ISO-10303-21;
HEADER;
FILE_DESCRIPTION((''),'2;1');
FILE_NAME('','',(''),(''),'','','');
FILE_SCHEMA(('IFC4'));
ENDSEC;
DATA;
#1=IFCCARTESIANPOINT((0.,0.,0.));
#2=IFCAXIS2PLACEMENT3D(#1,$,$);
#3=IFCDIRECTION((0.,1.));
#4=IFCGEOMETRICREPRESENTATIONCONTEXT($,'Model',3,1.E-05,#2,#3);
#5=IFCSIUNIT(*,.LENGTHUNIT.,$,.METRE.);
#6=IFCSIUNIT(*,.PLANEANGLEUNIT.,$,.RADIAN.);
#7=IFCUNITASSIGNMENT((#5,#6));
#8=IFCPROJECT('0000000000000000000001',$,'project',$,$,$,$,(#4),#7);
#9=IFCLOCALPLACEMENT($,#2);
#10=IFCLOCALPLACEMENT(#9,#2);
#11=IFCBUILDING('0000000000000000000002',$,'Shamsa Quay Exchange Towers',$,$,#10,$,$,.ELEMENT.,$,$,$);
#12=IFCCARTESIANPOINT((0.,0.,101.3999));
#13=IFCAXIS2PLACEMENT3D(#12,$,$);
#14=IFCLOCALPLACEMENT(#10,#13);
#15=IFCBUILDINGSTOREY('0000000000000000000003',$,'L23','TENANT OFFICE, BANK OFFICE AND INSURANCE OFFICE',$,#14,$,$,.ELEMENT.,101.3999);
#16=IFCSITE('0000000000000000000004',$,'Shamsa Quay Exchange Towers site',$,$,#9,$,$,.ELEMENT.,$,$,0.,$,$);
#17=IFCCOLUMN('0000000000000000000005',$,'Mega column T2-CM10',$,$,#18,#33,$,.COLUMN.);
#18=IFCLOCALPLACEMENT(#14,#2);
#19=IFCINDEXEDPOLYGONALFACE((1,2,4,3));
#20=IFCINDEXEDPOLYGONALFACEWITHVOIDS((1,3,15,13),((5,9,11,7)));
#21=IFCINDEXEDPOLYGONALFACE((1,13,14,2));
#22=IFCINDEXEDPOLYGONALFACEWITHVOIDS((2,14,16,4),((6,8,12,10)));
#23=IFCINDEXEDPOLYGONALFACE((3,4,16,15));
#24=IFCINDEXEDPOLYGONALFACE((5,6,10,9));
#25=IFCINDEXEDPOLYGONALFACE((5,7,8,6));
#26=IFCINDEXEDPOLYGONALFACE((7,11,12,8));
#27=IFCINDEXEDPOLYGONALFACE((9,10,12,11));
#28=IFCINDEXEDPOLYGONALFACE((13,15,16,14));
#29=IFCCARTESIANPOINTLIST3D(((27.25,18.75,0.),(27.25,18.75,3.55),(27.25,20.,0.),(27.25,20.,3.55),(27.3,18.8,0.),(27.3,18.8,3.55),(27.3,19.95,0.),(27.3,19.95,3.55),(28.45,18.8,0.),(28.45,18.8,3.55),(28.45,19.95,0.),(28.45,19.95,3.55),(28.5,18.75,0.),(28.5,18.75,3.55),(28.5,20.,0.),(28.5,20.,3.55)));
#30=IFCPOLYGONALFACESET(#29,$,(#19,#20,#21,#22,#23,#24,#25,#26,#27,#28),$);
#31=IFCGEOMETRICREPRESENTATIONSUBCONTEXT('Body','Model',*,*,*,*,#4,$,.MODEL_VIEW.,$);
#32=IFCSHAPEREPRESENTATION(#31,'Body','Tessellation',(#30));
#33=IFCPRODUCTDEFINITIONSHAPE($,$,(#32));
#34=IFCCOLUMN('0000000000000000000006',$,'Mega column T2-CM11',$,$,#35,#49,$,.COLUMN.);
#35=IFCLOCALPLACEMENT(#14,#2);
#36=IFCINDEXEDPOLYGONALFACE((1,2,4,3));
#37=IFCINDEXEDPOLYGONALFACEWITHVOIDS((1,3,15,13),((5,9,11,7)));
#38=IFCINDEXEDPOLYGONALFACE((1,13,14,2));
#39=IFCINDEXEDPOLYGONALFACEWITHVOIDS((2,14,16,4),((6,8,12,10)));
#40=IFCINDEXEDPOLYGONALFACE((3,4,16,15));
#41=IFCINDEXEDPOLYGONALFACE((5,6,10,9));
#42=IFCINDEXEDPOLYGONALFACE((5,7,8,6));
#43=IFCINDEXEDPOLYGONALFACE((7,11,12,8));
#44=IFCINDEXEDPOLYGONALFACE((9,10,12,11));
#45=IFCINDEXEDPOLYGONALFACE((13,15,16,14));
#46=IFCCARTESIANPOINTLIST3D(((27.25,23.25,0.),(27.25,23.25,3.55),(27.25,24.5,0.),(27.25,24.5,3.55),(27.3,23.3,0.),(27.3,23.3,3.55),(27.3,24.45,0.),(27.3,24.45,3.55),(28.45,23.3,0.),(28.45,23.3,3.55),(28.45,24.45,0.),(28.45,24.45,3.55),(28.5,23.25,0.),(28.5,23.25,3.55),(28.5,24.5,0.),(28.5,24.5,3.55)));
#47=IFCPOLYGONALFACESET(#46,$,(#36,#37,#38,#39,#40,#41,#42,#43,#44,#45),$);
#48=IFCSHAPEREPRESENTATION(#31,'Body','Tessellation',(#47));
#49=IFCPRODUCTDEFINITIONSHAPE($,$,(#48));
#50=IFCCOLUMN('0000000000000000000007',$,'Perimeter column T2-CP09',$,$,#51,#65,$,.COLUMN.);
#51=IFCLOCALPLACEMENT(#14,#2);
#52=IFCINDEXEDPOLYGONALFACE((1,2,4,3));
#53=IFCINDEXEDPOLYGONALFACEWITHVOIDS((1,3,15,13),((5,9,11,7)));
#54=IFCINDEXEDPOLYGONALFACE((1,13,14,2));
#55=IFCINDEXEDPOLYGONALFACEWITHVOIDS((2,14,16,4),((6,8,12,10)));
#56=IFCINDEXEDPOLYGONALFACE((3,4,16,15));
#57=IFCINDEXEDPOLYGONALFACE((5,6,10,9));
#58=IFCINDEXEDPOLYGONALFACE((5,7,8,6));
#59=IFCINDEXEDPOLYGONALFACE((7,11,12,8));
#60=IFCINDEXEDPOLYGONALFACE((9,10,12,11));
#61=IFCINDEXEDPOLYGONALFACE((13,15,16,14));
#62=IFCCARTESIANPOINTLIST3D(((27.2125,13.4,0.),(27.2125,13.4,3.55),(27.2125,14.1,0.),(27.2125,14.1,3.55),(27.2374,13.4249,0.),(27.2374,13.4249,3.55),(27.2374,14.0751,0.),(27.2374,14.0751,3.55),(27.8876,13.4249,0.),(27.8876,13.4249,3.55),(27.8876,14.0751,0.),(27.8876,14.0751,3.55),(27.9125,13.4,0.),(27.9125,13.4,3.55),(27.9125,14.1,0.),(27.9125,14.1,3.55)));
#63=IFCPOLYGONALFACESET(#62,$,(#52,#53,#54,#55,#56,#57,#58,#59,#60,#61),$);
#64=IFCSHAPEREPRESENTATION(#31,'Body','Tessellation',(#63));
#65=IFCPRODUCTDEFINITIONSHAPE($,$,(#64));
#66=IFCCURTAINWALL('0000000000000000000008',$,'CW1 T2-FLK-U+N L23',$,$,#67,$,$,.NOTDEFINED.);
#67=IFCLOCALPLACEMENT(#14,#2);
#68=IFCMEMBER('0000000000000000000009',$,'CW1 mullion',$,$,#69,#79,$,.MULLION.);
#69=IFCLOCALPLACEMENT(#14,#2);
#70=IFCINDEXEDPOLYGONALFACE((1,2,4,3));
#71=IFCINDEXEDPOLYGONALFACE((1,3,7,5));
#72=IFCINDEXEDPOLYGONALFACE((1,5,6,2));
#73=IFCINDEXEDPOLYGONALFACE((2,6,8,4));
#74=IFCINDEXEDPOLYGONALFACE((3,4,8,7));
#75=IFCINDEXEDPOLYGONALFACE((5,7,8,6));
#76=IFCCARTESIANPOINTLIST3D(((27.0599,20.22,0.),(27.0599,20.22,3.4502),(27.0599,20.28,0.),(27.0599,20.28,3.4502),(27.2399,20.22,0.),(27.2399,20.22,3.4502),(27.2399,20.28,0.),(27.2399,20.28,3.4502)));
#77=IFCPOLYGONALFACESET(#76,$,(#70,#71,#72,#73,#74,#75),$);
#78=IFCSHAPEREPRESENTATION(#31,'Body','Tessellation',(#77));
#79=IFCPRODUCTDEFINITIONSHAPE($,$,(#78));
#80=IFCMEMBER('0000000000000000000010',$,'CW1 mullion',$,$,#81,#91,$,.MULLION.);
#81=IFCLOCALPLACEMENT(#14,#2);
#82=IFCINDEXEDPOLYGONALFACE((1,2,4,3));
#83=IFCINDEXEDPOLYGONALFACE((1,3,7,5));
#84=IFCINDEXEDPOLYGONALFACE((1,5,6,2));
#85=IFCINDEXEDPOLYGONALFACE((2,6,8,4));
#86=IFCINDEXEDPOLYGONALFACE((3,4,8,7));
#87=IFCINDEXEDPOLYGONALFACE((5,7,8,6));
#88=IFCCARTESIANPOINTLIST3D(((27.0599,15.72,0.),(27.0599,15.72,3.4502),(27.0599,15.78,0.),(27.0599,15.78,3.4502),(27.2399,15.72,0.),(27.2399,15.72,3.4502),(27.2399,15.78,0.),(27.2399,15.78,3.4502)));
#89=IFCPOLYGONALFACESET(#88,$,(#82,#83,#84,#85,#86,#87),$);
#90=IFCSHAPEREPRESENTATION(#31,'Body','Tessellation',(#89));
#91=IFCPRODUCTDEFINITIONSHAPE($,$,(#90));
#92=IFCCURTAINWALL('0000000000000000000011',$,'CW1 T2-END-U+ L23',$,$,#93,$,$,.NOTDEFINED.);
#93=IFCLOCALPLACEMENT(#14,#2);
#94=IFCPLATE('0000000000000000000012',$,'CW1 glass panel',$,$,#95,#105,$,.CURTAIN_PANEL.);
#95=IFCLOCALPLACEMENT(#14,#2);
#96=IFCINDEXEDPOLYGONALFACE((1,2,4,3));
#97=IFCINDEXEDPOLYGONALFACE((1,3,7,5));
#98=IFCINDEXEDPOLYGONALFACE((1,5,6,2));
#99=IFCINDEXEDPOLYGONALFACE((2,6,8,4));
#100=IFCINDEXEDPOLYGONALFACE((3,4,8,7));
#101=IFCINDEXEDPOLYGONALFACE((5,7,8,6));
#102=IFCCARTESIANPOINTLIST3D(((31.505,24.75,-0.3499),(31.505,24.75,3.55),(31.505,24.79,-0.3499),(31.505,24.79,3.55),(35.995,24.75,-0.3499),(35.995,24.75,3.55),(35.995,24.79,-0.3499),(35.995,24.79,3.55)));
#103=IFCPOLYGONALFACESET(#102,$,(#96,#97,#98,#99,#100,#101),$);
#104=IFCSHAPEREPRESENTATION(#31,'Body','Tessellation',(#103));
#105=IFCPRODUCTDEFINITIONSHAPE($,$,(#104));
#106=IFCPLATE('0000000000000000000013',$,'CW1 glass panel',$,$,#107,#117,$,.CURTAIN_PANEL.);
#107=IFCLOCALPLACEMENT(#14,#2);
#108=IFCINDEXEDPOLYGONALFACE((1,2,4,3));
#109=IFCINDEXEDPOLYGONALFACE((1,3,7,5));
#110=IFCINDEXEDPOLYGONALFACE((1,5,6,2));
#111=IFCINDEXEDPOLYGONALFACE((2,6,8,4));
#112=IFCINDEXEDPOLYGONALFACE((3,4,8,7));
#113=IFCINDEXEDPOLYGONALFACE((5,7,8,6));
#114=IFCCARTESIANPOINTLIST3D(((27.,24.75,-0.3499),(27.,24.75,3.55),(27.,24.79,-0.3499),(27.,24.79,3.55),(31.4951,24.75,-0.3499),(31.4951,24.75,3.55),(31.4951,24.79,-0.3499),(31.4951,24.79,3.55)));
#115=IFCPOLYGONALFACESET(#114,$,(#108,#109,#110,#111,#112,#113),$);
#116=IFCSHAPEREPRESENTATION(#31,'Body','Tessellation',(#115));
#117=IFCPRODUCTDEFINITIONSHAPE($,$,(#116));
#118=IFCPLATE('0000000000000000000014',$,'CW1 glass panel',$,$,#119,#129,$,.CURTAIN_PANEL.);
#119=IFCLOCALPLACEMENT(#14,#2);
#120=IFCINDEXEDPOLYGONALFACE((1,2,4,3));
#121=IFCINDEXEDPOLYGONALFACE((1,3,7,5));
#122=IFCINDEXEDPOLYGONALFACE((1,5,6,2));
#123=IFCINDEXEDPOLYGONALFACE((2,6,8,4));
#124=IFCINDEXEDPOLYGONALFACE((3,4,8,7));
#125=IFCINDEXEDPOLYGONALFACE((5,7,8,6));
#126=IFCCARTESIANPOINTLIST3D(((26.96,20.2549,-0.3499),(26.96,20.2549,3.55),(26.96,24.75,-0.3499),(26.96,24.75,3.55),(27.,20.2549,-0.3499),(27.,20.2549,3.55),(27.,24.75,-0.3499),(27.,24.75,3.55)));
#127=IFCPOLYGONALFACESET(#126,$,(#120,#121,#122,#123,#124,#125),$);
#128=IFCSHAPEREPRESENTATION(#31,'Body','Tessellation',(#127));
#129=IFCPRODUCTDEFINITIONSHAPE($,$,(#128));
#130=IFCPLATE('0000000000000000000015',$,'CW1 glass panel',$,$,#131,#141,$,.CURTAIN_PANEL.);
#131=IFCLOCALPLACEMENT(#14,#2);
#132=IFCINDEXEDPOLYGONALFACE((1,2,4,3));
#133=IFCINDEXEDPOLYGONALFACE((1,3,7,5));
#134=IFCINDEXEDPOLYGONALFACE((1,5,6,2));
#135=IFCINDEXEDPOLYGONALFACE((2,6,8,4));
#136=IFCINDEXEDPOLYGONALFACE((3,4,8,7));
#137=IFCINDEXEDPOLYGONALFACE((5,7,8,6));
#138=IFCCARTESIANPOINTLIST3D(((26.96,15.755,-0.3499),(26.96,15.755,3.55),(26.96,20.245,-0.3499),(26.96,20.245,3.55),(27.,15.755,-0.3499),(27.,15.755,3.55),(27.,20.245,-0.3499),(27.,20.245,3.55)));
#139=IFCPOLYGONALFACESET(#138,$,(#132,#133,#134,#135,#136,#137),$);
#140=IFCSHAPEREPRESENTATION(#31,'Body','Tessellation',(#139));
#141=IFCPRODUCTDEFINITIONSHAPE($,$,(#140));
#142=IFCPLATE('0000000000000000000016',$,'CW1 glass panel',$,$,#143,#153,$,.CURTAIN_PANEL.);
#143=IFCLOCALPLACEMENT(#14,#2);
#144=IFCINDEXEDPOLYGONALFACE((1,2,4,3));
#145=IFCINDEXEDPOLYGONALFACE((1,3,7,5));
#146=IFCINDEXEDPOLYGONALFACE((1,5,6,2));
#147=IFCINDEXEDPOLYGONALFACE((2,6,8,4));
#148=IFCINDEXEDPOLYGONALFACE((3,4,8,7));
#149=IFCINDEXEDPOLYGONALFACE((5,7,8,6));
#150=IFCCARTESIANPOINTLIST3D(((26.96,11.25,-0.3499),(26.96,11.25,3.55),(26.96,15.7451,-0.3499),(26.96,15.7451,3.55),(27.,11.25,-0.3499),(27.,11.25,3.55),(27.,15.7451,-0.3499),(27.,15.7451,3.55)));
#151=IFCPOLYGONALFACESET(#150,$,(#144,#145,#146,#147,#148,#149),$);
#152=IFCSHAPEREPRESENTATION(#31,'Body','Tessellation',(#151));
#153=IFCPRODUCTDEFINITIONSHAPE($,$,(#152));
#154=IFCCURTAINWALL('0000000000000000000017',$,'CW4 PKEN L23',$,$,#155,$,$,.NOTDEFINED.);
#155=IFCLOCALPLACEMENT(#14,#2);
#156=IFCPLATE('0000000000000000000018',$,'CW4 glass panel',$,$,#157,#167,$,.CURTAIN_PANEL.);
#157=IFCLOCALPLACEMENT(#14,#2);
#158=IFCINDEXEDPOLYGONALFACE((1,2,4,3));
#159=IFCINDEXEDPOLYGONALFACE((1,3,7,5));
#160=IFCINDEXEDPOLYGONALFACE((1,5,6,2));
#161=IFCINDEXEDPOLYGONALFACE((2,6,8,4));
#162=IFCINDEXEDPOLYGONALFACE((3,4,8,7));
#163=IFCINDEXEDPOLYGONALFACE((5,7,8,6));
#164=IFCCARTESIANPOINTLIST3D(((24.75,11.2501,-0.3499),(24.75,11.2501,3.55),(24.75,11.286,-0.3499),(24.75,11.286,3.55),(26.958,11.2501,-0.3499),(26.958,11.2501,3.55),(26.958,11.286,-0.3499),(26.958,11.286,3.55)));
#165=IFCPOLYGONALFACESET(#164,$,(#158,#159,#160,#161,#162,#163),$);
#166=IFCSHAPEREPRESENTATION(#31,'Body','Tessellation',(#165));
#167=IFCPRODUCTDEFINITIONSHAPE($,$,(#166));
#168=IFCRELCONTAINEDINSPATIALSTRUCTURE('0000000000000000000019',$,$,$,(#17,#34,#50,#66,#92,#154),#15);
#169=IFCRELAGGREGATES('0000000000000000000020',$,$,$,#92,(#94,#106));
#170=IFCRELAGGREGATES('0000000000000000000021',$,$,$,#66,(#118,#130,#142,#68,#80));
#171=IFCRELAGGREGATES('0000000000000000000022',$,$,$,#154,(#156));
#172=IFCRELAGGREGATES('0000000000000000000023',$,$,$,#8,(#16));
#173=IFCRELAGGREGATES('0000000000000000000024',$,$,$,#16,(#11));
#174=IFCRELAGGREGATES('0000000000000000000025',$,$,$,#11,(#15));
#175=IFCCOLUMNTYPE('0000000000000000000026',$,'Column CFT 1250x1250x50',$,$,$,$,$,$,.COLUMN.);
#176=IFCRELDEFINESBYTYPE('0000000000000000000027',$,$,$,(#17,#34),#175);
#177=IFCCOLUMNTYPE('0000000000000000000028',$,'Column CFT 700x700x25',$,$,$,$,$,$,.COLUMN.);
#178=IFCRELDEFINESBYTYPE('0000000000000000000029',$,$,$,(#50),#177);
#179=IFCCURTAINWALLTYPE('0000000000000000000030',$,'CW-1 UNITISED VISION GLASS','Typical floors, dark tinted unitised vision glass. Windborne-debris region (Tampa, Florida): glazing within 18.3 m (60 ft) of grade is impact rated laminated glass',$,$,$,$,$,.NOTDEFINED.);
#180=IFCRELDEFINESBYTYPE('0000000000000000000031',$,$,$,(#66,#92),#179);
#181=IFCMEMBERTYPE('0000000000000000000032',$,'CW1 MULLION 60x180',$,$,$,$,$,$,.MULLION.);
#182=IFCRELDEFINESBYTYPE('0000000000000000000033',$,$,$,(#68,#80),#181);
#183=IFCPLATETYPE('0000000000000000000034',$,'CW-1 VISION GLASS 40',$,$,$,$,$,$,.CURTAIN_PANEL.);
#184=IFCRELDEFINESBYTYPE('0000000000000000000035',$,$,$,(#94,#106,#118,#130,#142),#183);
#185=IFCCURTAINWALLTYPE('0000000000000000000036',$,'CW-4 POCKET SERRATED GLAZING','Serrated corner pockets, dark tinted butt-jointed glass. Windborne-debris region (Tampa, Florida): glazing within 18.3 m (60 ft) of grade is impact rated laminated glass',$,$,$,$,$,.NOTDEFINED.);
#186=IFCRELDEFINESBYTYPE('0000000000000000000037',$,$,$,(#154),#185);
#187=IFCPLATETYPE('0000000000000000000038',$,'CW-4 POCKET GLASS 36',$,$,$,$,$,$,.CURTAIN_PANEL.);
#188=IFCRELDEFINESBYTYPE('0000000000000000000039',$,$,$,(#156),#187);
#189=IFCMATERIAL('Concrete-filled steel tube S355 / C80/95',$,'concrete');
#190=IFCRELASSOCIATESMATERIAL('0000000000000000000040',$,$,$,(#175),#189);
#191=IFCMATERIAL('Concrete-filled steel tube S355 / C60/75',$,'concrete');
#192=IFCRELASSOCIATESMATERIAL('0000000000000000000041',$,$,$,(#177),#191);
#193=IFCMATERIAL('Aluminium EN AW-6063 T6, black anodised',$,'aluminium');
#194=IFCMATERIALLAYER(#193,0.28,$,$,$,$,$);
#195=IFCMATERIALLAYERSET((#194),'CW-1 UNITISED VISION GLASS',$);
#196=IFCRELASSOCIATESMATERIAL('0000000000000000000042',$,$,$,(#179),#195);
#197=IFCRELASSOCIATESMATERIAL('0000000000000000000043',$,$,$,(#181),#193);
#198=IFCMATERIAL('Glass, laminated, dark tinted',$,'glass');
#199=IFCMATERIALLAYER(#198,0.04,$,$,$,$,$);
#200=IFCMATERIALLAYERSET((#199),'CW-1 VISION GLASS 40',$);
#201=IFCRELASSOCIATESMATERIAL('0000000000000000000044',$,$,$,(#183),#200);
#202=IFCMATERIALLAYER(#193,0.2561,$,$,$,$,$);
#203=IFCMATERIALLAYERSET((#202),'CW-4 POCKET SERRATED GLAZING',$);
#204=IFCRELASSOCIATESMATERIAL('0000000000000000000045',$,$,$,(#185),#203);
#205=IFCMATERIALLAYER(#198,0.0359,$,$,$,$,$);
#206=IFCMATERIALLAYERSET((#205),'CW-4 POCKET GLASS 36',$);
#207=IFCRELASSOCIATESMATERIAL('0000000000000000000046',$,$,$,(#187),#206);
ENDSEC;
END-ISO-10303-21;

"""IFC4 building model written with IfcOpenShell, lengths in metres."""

from ifc_helpers import new_model, si_unit, direction, frame, origin, origin_2d, place, context, subcontext, project, spatial, rectangle, hollow_rectangle, extrude, material, layer, layer_set, material_profile, profile_set, type_object, element, aggregate, save


model = new_model("IFC4")

# Units and contexts
model_context = context("Model", 3, precision=1e-05, world=origin(), true_north=direction((0.0, 1.0)))
body_context = subcontext(model_context, "Body", "Model", "MODEL_VIEW")
ifc_project = project(units=[si_unit("LENGTHUNIT", "METRE"), si_unit("PLANEANGLEUNIT", "RADIAN")], contexts=[model_context])

# Site, building, storey
site_placement = place(None, origin())
site = spatial("IfcSite", under=ifc_project, at=site_placement, Name="Shamsa Quay Exchange Towers site", CompositionType="ELEMENT", RefElevation=0.0)
building_placement = place(site_placement, origin())
building = spatial("IfcBuilding", under=site, at=building_placement, Name="Shamsa Quay Exchange Towers", CompositionType="ELEMENT")
storey_placement = place(building_placement, frame((0.0, 0.0, 101.3999)))
storey = spatial("IfcBuildingStorey", under=building, at=storey_placement, Name="L23", Description="TENANT OFFICE, BANK OFFICE AND INSURANCE OFFICE", CompositionType="ELEMENT", Elevation=101.3999)

# Columns
ifc_material_1 = material(Name="Concrete-filled steel tube S355 / C80/95", Category="concrete")
ifc_material_profile_1 = material_profile(ifc_material_1, hollow_rectangle(XDim=1.25, YDim=1.25, WallThickness=0.05, at=origin_2d()), Name="CFT 1250x1250x50")
ifc_profile_set_1 = profile_set([ifc_material_profile_1], Name="Concrete-filled steel tube S355 / C80/95")
column_type_1 = type_object("IfcColumnType", Name="Column CFT 1250x1250x50", PredefinedType="COLUMN", material=ifc_profile_set_1)
for number, where, name in (
    (1, (27.875, 19.375, 0.0), "Mega column T2-CM10"),
    (2, (27.875, 23.875, 0.0), "Mega column T2-CM11"),
):
    element("IfcColumn", number, at=place(storey_placement, frame(where)), inside=storey, type_object=column_type_1, Name=name, PredefinedType="COLUMN", context=body_context, shape_type="SweptSolid", body=[
        extrude(hollow_rectangle(XDim=1.25, YDim=1.25, WallThickness=0.05, at=origin_2d()), origin(), (0.0, 0.0, 1.0), 3.55),
    ])
ifc_material_2 = material(Name="Concrete-filled steel tube S355 / C60/75", Category="concrete")
ifc_material_profile_2 = material_profile(ifc_material_2, hollow_rectangle(XDim=0.7, YDim=0.7, WallThickness=0.0249, at=origin_2d()), Name="CFT 700x700x25")
ifc_profile_set_2 = profile_set([ifc_material_profile_2], Name="Concrete-filled steel tube S355 / C60/75")
column_type_2 = type_object("IfcColumnType", Name="Column CFT 700x700x25", PredefinedType="COLUMN", material=ifc_profile_set_2)
column_placement = place(storey_placement, frame((27.5625, 13.75, 0.0)))
element("IfcColumn", 3, at=column_placement, inside=storey, type_object=column_type_2, Name="Perimeter column T2-CP09", PredefinedType="COLUMN", context=body_context, shape_type="SweptSolid", body=[
    extrude(hollow_rectangle(XDim=0.7, YDim=0.7, WallThickness=0.0249, at=origin_2d()), origin(), (0.0, 0.0, 1.0), 3.55),
])

# Curtain wall, members
ifc_material_3 = material(Name="Aluminium EN AW-6063 T6, black anodised", Category="aluminium")
ifc_layer_1 = layer(ifc_material_3, 0.28)
ifc_layer_set_1 = layer_set([ifc_layer_1], Name="CW-1 UNITISED VISION GLASS")
curtain_wall_type_1 = type_object("IfcCurtainWallType", Name="CW-1 UNITISED VISION GLASS", Description="Typical floors, dark tinted unitised vision glass. Windborne-debris region (Tampa, Florida): glazing within 18.3 m (60 ft) of grade is impact rated laminated glass", PredefinedType="NOTDEFINED", material=ifc_layer_set_1)
curtain_wall_1_placement = place(storey_placement, origin())
curtain_wall_1 = element("IfcCurtainWall", 4, at=curtain_wall_1_placement, inside=storey, type_object=curtain_wall_type_1, Name="CW1 T2-FLK-U+N L23", PredefinedType="NOTDEFINED")
ifc_material_profile_3 = material_profile(ifc_material_3, rectangle(XDim=0.1799, YDim=0.0601, at=origin_2d()), Name="MU60x180")
ifc_profile_set_3 = profile_set([ifc_material_profile_3], Name="Aluminium EN AW-6063 T6, black anodised")
member_type = type_object("IfcMemberType", Name="CW1 MULLION 60x180", PredefinedType="MULLION", material=ifc_profile_set_3)
member_1_placement = place(storey_placement, frame((27.1499, 20.25, 0.0)))
member_1 = element("IfcMember", 5, at=member_1_placement, type_object=member_type, Name="CW1 mullion", PredefinedType="MULLION", context=body_context, shape_type="SweptSolid", body=[
    extrude(rectangle(XDim=0.1799, YDim=0.0601, at=origin_2d()), origin(), (0.0, 0.0, 1.0), 3.4502),
])
member_2_placement = place(storey_placement, frame((27.1499, 15.75, 0.0)))
member_2 = element("IfcMember", 6, at=member_2_placement, type_object=member_type, Name="CW1 mullion", PredefinedType="MULLION", context=body_context, shape_type="SweptSolid", body=[
    extrude(rectangle(XDim=0.1799, YDim=0.0601, at=origin_2d()), origin(), (0.0, 0.0, 1.0), 3.4502),
])

# Curtain wall, plates
curtain_wall_2_placement = place(storey_placement, origin())
curtain_wall_2 = element("IfcCurtainWall", 7, at=curtain_wall_2_placement, inside=storey, type_object=curtain_wall_type_1, Name="CW1 T2-END-U+ L23", PredefinedType="NOTDEFINED")
ifc_material_4 = material(Name="Glass, laminated, dark tinted", Category="glass")
ifc_layer_2 = layer(ifc_material_4, 0.04)
ifc_layer_set_2 = layer_set([ifc_layer_2], Name="CW-1 VISION GLASS 40")
plate_type_1 = type_object("IfcPlateType", Name="CW-1 VISION GLASS 40", PredefinedType="CURTAIN_PANEL", material=ifc_layer_set_2)
plate_1_placement = place(storey_placement, frame((33.75, 24.77, -0.3499), z_axis=(0.0, 0.0, 1.0), x_axis=(-1.0, 0.0, 0.0)))
plate_1 = element("IfcPlate", 8, at=plate_1_placement, type_object=plate_type_1, Name="CW1 glass panel", PredefinedType="CURTAIN_PANEL", context=body_context, shape_type="SweptSolid", body=[
    extrude(rectangle(XDim=4.49, YDim=0.04, at=origin_2d()), origin(), (0.0, 0.0, 1.0), 3.8999),
])
plate_2_placement = place(storey_placement, frame((29.2476, 24.77, -0.3499), z_axis=(0.0, 0.0, 1.0), x_axis=(-1.0, 0.0, 0.0)))
plate_2 = element("IfcPlate", 9, at=plate_2_placement, type_object=plate_type_1, Name="CW1 glass panel", PredefinedType="CURTAIN_PANEL", context=body_context, shape_type="SweptSolid", body=[
    extrude(rectangle(XDim=4.4951, YDim=0.04, at=origin_2d()), origin(), (0.0, 0.0, 1.0), 3.8999),
])
aggregate(curtain_wall_2, [plate_1, plate_2])

# Plates
plate_3_placement = place(storey_placement, frame((26.98, 22.5024, -0.3499), z_axis=(0.0, 0.0, 1.0), x_axis=(0.0, -1.0, 0.0)))
plate_3 = element("IfcPlate", 10, at=plate_3_placement, type_object=plate_type_1, Name="CW1 glass panel", PredefinedType="CURTAIN_PANEL", context=body_context, shape_type="SweptSolid", body=[
    extrude(rectangle(XDim=4.4951, YDim=0.04, at=origin_2d()), origin(), (0.0, 0.0, 1.0), 3.8999),
])
plate_4_placement = place(storey_placement, frame((26.98, 18.0, -0.3499), z_axis=(0.0, 0.0, 1.0), x_axis=(0.0, -1.0, 0.0)))
plate_4 = element("IfcPlate", 11, at=plate_4_placement, type_object=plate_type_1, Name="CW1 glass panel", PredefinedType="CURTAIN_PANEL", context=body_context, shape_type="SweptSolid", body=[
    extrude(rectangle(XDim=4.49, YDim=0.04, at=origin_2d()), origin(), (0.0, 0.0, 1.0), 3.8999),
])
plate_5_placement = place(storey_placement, frame((26.98, 13.4976, -0.3499), z_axis=(0.0, 0.0, 1.0), x_axis=(0.0, -1.0, 0.0)))
plate_5 = element("IfcPlate", 12, at=plate_5_placement, type_object=plate_type_1, Name="CW1 glass panel", PredefinedType="CURTAIN_PANEL", context=body_context, shape_type="SweptSolid", body=[
    extrude(rectangle(XDim=4.4951, YDim=0.04, at=origin_2d()), origin(), (0.0, 0.0, 1.0), 3.8999),
])
aggregate(curtain_wall_1, [plate_3, plate_4, plate_5, member_1, member_2])

# Curtain wall, plate
ifc_layer_3 = layer(ifc_material_3, 0.2561)
ifc_layer_set_3 = layer_set([ifc_layer_3], Name="CW-4 POCKET SERRATED GLAZING")
curtain_wall_type_2 = type_object("IfcCurtainWallType", Name="CW-4 POCKET SERRATED GLAZING", Description="Serrated corner pockets, dark tinted butt-jointed glass. Windborne-debris region (Tampa, Florida): glazing within 18.3 m (60 ft) of grade is impact rated laminated glass", PredefinedType="NOTDEFINED", material=ifc_layer_set_3)
curtain_wall_3_placement = place(storey_placement, origin())
curtain_wall_3 = element("IfcCurtainWall", 13, at=curtain_wall_3_placement, inside=storey, type_object=curtain_wall_type_2, Name="CW4 PKEN L23", PredefinedType="NOTDEFINED")
ifc_layer_4 = layer(ifc_material_4, 0.0359)
ifc_layer_set_4 = layer_set([ifc_layer_4], Name="CW-4 POCKET GLASS 36")
plate_type_2 = type_object("IfcPlateType", Name="CW-4 POCKET GLASS 36", PredefinedType="CURTAIN_PANEL", material=ifc_layer_set_4)
plate_6_placement = place(storey_placement, frame((25.854, 11.2681, -0.3499), z_axis=(0.0, 0.0, 1.0), x_axis=(-1.0, 0.0, 0.0)))
plate_6 = element("IfcPlate", 14, at=plate_6_placement, type_object=plate_type_2, Name="CW4 glass panel", PredefinedType="CURTAIN_PANEL", context=body_context, shape_type="SweptSolid", body=[
    extrude(rectangle(XDim=2.208, YDim=0.0359, at=origin_2d()), origin(), (0.0, 0.0, 1.0), 3.8999),
])
aggregate(curtain_wall_3, [plate_6])

save(model, "model.ifc")
